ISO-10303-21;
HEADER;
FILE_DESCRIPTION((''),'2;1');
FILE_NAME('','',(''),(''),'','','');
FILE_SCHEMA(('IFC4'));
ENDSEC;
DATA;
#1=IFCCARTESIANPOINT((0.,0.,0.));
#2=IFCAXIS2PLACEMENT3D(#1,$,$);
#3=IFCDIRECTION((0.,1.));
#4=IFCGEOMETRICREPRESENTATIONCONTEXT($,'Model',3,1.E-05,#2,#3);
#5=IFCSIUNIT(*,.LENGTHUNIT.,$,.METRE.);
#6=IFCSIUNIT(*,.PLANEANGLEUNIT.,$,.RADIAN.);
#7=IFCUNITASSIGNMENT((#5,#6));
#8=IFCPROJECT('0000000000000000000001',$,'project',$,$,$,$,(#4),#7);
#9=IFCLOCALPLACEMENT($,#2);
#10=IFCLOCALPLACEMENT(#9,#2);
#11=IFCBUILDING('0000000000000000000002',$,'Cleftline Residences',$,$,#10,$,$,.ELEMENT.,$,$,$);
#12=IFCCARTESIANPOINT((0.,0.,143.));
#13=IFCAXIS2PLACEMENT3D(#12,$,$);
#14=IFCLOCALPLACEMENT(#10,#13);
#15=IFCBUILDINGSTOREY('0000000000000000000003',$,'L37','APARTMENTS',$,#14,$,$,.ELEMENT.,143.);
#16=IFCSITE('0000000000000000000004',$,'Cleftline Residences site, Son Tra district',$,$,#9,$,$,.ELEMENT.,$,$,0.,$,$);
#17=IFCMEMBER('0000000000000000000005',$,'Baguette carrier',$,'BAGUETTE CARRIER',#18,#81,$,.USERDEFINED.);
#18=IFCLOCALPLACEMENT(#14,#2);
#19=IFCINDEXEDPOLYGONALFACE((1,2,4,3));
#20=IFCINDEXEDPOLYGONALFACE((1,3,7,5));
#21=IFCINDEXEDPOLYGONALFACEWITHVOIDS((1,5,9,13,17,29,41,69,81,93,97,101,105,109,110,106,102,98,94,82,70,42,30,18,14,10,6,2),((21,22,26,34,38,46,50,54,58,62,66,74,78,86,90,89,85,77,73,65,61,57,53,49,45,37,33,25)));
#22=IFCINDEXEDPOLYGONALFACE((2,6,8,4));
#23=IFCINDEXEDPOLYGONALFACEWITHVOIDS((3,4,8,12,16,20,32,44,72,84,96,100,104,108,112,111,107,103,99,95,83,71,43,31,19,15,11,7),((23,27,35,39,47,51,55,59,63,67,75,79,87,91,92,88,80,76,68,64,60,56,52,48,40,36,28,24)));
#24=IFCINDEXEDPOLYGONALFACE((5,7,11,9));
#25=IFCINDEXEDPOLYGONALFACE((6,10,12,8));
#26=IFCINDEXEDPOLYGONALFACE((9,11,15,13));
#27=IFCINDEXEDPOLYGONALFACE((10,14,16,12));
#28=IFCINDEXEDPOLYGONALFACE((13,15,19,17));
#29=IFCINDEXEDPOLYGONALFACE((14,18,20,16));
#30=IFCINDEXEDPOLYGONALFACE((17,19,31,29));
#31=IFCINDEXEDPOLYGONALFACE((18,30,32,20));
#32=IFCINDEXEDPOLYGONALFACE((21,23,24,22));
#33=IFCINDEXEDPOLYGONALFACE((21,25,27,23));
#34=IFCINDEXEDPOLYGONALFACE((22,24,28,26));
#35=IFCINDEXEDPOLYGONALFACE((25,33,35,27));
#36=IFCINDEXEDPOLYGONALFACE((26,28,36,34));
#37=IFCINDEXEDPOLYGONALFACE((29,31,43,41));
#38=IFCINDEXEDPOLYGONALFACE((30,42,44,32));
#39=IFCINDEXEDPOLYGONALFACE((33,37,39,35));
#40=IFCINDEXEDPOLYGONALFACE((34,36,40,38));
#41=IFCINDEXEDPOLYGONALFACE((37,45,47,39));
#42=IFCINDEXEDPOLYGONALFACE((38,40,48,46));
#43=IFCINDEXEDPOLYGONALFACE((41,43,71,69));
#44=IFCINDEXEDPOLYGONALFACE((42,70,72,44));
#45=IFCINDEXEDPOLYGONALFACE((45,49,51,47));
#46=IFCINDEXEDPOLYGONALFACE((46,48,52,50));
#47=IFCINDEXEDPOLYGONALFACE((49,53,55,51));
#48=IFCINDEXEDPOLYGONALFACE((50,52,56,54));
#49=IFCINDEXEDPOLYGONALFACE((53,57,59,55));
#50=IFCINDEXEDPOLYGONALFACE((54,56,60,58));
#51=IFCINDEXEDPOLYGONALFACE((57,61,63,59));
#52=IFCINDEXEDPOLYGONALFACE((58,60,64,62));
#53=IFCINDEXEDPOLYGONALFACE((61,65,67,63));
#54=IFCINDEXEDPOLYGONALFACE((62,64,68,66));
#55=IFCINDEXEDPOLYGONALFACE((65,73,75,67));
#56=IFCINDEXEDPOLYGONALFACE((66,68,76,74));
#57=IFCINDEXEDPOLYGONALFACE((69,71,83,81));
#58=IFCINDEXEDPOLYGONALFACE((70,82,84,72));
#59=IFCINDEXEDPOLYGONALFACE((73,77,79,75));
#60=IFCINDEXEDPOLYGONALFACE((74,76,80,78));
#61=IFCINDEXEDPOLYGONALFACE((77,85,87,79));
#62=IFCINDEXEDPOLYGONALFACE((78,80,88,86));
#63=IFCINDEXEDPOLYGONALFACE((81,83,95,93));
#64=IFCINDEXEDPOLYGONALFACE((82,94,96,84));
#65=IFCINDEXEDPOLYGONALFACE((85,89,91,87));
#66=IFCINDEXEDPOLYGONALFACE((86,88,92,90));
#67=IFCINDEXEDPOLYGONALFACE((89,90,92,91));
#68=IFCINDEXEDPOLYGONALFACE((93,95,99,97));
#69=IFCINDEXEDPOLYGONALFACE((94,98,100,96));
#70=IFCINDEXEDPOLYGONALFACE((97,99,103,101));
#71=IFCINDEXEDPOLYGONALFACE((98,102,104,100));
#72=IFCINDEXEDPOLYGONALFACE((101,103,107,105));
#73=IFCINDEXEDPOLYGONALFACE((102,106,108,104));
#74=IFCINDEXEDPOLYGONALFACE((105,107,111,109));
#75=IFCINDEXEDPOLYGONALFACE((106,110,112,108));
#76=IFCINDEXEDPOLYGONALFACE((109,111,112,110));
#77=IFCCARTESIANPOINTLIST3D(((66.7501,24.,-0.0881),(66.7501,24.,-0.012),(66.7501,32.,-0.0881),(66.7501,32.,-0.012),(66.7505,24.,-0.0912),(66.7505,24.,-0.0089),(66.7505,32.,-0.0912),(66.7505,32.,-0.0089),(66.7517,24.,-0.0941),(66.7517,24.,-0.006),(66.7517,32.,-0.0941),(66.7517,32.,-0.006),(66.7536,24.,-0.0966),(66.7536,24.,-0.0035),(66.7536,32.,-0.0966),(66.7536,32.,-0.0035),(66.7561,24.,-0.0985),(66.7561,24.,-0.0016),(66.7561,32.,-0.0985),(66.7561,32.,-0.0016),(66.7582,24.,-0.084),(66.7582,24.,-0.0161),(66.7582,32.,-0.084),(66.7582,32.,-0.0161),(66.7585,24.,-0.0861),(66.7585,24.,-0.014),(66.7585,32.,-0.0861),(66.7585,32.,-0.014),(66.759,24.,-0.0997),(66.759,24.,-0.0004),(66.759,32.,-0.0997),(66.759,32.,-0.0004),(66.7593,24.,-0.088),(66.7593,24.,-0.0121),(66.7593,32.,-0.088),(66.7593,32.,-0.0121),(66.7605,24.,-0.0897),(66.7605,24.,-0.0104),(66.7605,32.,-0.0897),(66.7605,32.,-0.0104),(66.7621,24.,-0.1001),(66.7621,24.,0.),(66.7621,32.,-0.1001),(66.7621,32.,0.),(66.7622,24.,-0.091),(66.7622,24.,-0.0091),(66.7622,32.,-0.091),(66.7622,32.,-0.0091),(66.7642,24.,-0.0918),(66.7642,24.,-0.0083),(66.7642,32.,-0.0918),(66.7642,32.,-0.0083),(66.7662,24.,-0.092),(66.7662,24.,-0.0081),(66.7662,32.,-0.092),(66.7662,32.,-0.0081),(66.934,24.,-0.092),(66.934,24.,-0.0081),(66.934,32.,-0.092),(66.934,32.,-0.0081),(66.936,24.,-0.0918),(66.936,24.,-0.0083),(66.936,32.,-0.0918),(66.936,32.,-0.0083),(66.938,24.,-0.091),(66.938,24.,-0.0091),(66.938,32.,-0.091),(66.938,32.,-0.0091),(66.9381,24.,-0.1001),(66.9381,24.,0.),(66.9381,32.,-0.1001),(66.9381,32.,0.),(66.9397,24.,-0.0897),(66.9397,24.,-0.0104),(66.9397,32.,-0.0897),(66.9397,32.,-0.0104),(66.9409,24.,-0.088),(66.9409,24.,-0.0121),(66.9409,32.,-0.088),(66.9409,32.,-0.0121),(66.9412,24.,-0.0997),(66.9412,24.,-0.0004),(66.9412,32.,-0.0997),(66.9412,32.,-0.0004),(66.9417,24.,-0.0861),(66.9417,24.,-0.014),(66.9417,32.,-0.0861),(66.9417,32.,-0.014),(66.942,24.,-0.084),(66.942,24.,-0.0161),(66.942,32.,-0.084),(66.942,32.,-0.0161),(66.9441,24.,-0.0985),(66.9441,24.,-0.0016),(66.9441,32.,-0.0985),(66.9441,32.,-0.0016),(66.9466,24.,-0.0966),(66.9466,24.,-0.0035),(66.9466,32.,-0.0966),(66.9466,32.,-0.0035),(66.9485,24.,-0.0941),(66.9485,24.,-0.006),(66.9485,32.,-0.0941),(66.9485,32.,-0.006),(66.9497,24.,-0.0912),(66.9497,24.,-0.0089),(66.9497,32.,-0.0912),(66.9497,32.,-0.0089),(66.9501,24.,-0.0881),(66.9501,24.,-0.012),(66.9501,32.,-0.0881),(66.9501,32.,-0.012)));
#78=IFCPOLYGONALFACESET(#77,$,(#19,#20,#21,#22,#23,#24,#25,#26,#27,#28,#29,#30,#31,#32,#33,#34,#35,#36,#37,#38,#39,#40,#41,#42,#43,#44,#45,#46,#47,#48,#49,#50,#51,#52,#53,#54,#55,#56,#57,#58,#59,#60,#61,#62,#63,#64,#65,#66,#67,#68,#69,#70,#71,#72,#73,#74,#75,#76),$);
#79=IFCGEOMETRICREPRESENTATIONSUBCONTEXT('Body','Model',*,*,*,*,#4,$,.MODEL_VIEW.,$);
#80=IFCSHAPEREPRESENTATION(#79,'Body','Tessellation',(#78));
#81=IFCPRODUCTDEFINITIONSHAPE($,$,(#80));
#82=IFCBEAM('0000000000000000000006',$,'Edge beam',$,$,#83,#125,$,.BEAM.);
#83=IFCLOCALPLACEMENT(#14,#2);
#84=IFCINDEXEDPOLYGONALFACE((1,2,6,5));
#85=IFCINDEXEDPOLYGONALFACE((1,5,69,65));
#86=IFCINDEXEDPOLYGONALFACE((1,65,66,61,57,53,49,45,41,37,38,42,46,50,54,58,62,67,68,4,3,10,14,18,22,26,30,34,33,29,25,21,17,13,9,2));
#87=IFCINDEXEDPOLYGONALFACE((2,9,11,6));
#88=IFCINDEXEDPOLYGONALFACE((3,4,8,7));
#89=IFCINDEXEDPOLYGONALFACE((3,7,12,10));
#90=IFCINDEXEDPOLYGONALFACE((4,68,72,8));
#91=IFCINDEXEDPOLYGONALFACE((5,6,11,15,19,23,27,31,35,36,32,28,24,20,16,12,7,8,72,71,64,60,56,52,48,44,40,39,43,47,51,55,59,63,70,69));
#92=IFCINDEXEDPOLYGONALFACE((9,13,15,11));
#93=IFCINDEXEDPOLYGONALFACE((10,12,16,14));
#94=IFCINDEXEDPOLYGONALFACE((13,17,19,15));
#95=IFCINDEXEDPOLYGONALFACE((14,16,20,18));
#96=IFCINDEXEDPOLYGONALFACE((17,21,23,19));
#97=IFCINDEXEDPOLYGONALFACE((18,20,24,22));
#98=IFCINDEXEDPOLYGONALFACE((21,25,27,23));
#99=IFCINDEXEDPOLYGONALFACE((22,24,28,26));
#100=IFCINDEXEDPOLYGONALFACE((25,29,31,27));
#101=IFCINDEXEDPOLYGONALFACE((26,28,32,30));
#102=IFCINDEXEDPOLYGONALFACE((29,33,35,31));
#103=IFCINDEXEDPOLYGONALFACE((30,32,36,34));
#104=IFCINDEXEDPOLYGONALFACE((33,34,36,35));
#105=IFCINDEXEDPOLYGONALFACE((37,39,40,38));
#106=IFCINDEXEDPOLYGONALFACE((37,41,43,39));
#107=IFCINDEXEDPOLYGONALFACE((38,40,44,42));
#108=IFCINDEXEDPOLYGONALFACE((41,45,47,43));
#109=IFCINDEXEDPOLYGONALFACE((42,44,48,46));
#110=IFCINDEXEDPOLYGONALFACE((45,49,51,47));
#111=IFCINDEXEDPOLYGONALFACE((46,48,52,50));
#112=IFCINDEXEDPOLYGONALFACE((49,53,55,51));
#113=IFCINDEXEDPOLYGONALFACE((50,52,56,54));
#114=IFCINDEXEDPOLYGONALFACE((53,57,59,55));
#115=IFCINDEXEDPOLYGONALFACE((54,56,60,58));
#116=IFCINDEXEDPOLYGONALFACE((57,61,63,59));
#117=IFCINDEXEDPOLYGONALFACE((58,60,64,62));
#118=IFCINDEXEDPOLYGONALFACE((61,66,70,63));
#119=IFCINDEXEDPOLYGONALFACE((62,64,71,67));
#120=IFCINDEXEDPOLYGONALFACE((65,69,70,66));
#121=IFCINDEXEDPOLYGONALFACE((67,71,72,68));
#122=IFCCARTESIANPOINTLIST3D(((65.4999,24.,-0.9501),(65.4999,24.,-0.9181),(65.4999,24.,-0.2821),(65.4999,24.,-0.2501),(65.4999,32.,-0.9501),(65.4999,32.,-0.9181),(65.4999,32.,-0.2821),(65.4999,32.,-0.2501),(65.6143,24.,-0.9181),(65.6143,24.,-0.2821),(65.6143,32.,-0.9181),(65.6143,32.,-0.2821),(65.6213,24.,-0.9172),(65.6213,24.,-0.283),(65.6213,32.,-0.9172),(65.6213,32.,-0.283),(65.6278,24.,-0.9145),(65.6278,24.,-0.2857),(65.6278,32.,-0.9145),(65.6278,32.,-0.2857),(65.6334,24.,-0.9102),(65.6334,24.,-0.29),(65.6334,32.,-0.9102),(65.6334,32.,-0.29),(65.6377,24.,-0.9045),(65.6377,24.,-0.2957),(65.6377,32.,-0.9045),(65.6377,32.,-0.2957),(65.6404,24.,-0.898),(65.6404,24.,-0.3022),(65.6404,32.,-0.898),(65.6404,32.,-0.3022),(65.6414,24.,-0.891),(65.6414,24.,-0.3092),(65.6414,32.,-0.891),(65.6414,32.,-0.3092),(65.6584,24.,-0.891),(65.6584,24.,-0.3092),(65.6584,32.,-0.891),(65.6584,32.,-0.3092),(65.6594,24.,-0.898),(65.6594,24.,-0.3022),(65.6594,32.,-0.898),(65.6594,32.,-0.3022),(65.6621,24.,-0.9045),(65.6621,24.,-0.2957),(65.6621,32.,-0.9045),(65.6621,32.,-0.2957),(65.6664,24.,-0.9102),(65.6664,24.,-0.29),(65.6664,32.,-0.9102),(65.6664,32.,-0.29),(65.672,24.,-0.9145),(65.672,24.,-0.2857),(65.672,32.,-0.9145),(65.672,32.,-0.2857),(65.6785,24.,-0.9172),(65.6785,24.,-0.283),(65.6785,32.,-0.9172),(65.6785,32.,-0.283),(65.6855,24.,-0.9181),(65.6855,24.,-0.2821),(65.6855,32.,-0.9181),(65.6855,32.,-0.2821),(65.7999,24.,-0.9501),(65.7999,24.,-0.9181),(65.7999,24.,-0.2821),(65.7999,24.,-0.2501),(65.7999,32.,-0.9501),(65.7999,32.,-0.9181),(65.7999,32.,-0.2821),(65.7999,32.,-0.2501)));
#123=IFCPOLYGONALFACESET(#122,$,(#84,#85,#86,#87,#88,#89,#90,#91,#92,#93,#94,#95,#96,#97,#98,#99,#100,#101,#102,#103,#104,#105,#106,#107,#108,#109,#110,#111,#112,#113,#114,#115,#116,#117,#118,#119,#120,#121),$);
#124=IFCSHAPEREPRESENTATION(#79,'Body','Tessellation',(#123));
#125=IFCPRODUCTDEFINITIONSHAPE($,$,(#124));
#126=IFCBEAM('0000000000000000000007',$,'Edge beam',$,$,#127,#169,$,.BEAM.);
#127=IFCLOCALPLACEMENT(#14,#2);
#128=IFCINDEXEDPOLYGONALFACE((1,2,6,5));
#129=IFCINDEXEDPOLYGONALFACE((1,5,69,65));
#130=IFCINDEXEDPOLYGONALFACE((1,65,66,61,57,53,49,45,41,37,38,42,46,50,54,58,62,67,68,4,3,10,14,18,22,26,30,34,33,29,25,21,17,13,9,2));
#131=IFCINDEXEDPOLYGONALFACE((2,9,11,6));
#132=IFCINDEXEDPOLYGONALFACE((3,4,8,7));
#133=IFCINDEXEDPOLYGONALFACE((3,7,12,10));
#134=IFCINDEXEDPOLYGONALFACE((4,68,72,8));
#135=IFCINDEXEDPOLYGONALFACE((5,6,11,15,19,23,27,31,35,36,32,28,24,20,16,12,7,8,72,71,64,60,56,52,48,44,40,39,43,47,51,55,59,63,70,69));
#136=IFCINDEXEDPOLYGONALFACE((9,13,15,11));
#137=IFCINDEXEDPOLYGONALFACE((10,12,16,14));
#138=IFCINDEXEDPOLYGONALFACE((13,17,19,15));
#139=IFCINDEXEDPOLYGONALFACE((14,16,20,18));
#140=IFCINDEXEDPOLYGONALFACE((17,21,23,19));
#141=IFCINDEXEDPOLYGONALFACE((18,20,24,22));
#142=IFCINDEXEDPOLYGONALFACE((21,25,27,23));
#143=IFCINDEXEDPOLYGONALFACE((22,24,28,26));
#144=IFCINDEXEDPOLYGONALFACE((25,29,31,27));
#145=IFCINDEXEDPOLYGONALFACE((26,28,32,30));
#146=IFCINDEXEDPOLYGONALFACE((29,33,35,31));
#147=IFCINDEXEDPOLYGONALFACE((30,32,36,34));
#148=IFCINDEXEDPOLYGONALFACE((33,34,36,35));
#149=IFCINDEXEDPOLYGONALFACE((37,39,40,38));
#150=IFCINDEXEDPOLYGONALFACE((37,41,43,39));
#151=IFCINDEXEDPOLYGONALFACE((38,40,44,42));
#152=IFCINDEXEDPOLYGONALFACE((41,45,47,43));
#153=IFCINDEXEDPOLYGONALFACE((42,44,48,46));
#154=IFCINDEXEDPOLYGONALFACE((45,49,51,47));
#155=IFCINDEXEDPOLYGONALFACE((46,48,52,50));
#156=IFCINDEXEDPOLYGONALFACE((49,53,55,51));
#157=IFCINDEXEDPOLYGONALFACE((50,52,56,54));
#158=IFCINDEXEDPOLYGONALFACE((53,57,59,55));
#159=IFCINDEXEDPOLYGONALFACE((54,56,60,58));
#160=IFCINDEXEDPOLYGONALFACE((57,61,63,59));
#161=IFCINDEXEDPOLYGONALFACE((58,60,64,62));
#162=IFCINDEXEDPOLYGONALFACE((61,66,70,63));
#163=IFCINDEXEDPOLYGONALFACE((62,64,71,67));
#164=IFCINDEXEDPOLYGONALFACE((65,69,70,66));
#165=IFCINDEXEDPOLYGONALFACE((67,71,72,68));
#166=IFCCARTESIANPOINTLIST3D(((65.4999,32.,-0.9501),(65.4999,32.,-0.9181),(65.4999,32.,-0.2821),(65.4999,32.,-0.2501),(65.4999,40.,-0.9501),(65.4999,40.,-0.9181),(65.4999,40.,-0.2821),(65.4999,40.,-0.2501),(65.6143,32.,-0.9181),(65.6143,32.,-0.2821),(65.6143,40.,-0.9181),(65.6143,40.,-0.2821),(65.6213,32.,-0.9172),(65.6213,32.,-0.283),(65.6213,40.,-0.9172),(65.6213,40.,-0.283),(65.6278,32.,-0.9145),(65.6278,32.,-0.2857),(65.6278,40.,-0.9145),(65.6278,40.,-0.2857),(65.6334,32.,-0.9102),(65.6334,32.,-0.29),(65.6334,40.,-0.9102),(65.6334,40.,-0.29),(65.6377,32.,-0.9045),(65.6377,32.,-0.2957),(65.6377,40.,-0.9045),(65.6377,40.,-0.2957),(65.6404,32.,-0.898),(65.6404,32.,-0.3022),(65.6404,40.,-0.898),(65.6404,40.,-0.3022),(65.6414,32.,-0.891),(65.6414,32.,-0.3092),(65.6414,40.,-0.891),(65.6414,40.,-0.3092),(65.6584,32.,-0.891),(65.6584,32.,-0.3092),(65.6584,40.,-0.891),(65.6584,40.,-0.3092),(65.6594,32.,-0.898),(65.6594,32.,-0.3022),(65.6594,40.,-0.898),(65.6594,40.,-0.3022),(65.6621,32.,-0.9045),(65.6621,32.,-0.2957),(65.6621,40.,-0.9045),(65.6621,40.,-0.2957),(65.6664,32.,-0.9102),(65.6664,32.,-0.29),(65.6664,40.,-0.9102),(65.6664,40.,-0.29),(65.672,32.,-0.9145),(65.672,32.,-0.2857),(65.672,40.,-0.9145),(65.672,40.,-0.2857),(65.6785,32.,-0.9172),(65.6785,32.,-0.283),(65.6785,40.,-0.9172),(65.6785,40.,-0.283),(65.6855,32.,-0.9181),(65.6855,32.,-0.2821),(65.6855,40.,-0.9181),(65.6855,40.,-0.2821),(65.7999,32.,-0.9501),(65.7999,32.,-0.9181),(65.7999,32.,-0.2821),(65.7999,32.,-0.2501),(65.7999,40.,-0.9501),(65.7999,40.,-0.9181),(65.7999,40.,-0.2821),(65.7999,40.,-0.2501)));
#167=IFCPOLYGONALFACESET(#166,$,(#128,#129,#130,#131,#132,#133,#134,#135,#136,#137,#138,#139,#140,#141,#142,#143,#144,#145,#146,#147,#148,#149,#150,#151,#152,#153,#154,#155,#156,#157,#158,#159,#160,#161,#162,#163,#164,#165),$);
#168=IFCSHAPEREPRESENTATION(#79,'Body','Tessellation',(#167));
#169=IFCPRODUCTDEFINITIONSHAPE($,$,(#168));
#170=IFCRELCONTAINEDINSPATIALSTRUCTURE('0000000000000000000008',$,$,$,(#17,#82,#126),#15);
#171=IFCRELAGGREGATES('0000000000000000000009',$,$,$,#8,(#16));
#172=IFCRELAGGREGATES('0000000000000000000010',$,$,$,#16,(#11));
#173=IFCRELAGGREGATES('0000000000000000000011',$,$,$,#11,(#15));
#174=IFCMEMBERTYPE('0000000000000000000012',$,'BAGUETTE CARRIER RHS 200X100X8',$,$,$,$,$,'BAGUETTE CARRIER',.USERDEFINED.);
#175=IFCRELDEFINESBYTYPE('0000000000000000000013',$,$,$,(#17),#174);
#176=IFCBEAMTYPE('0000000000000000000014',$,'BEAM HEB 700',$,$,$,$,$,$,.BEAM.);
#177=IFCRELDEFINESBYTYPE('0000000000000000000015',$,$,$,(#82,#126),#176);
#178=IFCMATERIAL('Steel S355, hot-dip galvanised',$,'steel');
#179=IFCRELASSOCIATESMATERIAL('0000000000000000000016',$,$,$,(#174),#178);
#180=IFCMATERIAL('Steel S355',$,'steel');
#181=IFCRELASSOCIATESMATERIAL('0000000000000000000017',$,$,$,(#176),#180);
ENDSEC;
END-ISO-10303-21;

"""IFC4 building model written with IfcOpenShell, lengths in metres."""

from ifc_helpers import new_model, si_unit, direction, frame, origin, origin_2d, place, context, subcontext, project, spatial, hollow_rectangle, i_section, extrude, material, material_profile, profile_set, type_object, element, save


model = new_model("IFC4")

# Units and contexts
model_context = context("Model", 3, precision=1e-05, world=origin(), true_north=direction((0.0, 1.0)))
body_context = subcontext(model_context, "Body", "Model", "MODEL_VIEW")
ifc_project = project(units=[si_unit("LENGTHUNIT", "METRE"), si_unit("PLANEANGLEUNIT", "RADIAN")], contexts=[model_context])

# Site, building, storey
site_placement = place(None, origin())
site = spatial("IfcSite", under=ifc_project, at=site_placement, Name="Cleftline Residences site, Son Tra district", CompositionType="ELEMENT", RefElevation=0.0)
building_placement = place(site_placement, origin())
building = spatial("IfcBuilding", under=site, at=building_placement, Name="Cleftline Residences", CompositionType="ELEMENT")
storey_placement = place(building_placement, frame((0.0, 0.0, 143.0)))
storey = spatial("IfcBuildingStorey", under=building, at=storey_placement, Name="L37", Description="APARTMENTS", CompositionType="ELEMENT", Elevation=143.0)

# Member
ifc_material_1 = material(Name="Steel S355, hot-dip galvanised", Category="steel")
ifc_material_profile_1 = material_profile(ifc_material_1, hollow_rectangle(XDim=0.1001, YDim=0.2, WallThickness=0.0081, InnerFilletRadius=0.0081, OuterFilletRadius=0.012, at=origin_2d()))
ifc_profile_set_1 = profile_set([ifc_material_profile_1], Name="Steel S355, hot-dip galvanised")
member_type_1 = type_object("IfcMemberType", Name="BAGUETTE CARRIER RHS 200X100X8", ElementType="BAGUETTE CARRIER", PredefinedType="USERDEFINED", material=ifc_profile_set_1)
member_placement = place(storey_placement, frame((66.8501, 24.0, -0.05), z_axis=(0.0, 1.0, 0.0), x_axis=(0.0, 0.0, 1.0)))
element("IfcMember", 1, at=member_placement, inside=storey, type_object=member_type_1, Name="Baguette carrier", ObjectType="BAGUETTE CARRIER", PredefinedType="USERDEFINED", context=body_context, shape_type="SweptSolid", body=[
    extrude(hollow_rectangle(XDim=0.1001, YDim=0.2, WallThickness=0.0081, InnerFilletRadius=0.0081, OuterFilletRadius=0.012, at=origin_2d()), origin(), (0.0, 0.0, 1.0), 8.0),
])

# Beams
ifc_material_2 = material(Name="Steel S355", Category="steel")
ifc_material_profile_2 = material_profile(ifc_material_2, i_section(OverallWidth=0.3, OverallDepth=0.7, WebThickness=0.0171, FlangeThickness=0.032, FilletRadius=0.0271, at=origin_2d()))
ifc_profile_set_2 = profile_set([ifc_material_profile_2], Name="Steel S355")
beam_type_1 = type_object("IfcBeamType", Name="BEAM HEB 700", PredefinedType="BEAM", material=ifc_profile_set_2)
for number, where, z_axis, x_axis, name in (
    (2, (65.6499, 24.0, -0.6001), (0.0, 1.0, 0.0), (-1.0, 0.0, 0.0), "Edge beam"),
    (3, (65.6499, 32.0, -0.6001), (0.0, 1.0, 0.0), (-1.0, 0.0, 0.0), "Edge beam"),
):
    element("IfcBeam", number, at=place(storey_placement, frame(where, z_axis=z_axis, x_axis=x_axis)), inside=storey, type_object=beam_type_1, Name=name, PredefinedType="BEAM", context=body_context, shape_type="SweptSolid", body=[
        extrude(i_section(OverallWidth=0.3, OverallDepth=0.7, WebThickness=0.0171, FlangeThickness=0.032, FilletRadius=0.0271, at=origin_2d()), origin(), (0.0, 0.0, 1.0), 8.0),
    ])

save(model, "model.ifc")
